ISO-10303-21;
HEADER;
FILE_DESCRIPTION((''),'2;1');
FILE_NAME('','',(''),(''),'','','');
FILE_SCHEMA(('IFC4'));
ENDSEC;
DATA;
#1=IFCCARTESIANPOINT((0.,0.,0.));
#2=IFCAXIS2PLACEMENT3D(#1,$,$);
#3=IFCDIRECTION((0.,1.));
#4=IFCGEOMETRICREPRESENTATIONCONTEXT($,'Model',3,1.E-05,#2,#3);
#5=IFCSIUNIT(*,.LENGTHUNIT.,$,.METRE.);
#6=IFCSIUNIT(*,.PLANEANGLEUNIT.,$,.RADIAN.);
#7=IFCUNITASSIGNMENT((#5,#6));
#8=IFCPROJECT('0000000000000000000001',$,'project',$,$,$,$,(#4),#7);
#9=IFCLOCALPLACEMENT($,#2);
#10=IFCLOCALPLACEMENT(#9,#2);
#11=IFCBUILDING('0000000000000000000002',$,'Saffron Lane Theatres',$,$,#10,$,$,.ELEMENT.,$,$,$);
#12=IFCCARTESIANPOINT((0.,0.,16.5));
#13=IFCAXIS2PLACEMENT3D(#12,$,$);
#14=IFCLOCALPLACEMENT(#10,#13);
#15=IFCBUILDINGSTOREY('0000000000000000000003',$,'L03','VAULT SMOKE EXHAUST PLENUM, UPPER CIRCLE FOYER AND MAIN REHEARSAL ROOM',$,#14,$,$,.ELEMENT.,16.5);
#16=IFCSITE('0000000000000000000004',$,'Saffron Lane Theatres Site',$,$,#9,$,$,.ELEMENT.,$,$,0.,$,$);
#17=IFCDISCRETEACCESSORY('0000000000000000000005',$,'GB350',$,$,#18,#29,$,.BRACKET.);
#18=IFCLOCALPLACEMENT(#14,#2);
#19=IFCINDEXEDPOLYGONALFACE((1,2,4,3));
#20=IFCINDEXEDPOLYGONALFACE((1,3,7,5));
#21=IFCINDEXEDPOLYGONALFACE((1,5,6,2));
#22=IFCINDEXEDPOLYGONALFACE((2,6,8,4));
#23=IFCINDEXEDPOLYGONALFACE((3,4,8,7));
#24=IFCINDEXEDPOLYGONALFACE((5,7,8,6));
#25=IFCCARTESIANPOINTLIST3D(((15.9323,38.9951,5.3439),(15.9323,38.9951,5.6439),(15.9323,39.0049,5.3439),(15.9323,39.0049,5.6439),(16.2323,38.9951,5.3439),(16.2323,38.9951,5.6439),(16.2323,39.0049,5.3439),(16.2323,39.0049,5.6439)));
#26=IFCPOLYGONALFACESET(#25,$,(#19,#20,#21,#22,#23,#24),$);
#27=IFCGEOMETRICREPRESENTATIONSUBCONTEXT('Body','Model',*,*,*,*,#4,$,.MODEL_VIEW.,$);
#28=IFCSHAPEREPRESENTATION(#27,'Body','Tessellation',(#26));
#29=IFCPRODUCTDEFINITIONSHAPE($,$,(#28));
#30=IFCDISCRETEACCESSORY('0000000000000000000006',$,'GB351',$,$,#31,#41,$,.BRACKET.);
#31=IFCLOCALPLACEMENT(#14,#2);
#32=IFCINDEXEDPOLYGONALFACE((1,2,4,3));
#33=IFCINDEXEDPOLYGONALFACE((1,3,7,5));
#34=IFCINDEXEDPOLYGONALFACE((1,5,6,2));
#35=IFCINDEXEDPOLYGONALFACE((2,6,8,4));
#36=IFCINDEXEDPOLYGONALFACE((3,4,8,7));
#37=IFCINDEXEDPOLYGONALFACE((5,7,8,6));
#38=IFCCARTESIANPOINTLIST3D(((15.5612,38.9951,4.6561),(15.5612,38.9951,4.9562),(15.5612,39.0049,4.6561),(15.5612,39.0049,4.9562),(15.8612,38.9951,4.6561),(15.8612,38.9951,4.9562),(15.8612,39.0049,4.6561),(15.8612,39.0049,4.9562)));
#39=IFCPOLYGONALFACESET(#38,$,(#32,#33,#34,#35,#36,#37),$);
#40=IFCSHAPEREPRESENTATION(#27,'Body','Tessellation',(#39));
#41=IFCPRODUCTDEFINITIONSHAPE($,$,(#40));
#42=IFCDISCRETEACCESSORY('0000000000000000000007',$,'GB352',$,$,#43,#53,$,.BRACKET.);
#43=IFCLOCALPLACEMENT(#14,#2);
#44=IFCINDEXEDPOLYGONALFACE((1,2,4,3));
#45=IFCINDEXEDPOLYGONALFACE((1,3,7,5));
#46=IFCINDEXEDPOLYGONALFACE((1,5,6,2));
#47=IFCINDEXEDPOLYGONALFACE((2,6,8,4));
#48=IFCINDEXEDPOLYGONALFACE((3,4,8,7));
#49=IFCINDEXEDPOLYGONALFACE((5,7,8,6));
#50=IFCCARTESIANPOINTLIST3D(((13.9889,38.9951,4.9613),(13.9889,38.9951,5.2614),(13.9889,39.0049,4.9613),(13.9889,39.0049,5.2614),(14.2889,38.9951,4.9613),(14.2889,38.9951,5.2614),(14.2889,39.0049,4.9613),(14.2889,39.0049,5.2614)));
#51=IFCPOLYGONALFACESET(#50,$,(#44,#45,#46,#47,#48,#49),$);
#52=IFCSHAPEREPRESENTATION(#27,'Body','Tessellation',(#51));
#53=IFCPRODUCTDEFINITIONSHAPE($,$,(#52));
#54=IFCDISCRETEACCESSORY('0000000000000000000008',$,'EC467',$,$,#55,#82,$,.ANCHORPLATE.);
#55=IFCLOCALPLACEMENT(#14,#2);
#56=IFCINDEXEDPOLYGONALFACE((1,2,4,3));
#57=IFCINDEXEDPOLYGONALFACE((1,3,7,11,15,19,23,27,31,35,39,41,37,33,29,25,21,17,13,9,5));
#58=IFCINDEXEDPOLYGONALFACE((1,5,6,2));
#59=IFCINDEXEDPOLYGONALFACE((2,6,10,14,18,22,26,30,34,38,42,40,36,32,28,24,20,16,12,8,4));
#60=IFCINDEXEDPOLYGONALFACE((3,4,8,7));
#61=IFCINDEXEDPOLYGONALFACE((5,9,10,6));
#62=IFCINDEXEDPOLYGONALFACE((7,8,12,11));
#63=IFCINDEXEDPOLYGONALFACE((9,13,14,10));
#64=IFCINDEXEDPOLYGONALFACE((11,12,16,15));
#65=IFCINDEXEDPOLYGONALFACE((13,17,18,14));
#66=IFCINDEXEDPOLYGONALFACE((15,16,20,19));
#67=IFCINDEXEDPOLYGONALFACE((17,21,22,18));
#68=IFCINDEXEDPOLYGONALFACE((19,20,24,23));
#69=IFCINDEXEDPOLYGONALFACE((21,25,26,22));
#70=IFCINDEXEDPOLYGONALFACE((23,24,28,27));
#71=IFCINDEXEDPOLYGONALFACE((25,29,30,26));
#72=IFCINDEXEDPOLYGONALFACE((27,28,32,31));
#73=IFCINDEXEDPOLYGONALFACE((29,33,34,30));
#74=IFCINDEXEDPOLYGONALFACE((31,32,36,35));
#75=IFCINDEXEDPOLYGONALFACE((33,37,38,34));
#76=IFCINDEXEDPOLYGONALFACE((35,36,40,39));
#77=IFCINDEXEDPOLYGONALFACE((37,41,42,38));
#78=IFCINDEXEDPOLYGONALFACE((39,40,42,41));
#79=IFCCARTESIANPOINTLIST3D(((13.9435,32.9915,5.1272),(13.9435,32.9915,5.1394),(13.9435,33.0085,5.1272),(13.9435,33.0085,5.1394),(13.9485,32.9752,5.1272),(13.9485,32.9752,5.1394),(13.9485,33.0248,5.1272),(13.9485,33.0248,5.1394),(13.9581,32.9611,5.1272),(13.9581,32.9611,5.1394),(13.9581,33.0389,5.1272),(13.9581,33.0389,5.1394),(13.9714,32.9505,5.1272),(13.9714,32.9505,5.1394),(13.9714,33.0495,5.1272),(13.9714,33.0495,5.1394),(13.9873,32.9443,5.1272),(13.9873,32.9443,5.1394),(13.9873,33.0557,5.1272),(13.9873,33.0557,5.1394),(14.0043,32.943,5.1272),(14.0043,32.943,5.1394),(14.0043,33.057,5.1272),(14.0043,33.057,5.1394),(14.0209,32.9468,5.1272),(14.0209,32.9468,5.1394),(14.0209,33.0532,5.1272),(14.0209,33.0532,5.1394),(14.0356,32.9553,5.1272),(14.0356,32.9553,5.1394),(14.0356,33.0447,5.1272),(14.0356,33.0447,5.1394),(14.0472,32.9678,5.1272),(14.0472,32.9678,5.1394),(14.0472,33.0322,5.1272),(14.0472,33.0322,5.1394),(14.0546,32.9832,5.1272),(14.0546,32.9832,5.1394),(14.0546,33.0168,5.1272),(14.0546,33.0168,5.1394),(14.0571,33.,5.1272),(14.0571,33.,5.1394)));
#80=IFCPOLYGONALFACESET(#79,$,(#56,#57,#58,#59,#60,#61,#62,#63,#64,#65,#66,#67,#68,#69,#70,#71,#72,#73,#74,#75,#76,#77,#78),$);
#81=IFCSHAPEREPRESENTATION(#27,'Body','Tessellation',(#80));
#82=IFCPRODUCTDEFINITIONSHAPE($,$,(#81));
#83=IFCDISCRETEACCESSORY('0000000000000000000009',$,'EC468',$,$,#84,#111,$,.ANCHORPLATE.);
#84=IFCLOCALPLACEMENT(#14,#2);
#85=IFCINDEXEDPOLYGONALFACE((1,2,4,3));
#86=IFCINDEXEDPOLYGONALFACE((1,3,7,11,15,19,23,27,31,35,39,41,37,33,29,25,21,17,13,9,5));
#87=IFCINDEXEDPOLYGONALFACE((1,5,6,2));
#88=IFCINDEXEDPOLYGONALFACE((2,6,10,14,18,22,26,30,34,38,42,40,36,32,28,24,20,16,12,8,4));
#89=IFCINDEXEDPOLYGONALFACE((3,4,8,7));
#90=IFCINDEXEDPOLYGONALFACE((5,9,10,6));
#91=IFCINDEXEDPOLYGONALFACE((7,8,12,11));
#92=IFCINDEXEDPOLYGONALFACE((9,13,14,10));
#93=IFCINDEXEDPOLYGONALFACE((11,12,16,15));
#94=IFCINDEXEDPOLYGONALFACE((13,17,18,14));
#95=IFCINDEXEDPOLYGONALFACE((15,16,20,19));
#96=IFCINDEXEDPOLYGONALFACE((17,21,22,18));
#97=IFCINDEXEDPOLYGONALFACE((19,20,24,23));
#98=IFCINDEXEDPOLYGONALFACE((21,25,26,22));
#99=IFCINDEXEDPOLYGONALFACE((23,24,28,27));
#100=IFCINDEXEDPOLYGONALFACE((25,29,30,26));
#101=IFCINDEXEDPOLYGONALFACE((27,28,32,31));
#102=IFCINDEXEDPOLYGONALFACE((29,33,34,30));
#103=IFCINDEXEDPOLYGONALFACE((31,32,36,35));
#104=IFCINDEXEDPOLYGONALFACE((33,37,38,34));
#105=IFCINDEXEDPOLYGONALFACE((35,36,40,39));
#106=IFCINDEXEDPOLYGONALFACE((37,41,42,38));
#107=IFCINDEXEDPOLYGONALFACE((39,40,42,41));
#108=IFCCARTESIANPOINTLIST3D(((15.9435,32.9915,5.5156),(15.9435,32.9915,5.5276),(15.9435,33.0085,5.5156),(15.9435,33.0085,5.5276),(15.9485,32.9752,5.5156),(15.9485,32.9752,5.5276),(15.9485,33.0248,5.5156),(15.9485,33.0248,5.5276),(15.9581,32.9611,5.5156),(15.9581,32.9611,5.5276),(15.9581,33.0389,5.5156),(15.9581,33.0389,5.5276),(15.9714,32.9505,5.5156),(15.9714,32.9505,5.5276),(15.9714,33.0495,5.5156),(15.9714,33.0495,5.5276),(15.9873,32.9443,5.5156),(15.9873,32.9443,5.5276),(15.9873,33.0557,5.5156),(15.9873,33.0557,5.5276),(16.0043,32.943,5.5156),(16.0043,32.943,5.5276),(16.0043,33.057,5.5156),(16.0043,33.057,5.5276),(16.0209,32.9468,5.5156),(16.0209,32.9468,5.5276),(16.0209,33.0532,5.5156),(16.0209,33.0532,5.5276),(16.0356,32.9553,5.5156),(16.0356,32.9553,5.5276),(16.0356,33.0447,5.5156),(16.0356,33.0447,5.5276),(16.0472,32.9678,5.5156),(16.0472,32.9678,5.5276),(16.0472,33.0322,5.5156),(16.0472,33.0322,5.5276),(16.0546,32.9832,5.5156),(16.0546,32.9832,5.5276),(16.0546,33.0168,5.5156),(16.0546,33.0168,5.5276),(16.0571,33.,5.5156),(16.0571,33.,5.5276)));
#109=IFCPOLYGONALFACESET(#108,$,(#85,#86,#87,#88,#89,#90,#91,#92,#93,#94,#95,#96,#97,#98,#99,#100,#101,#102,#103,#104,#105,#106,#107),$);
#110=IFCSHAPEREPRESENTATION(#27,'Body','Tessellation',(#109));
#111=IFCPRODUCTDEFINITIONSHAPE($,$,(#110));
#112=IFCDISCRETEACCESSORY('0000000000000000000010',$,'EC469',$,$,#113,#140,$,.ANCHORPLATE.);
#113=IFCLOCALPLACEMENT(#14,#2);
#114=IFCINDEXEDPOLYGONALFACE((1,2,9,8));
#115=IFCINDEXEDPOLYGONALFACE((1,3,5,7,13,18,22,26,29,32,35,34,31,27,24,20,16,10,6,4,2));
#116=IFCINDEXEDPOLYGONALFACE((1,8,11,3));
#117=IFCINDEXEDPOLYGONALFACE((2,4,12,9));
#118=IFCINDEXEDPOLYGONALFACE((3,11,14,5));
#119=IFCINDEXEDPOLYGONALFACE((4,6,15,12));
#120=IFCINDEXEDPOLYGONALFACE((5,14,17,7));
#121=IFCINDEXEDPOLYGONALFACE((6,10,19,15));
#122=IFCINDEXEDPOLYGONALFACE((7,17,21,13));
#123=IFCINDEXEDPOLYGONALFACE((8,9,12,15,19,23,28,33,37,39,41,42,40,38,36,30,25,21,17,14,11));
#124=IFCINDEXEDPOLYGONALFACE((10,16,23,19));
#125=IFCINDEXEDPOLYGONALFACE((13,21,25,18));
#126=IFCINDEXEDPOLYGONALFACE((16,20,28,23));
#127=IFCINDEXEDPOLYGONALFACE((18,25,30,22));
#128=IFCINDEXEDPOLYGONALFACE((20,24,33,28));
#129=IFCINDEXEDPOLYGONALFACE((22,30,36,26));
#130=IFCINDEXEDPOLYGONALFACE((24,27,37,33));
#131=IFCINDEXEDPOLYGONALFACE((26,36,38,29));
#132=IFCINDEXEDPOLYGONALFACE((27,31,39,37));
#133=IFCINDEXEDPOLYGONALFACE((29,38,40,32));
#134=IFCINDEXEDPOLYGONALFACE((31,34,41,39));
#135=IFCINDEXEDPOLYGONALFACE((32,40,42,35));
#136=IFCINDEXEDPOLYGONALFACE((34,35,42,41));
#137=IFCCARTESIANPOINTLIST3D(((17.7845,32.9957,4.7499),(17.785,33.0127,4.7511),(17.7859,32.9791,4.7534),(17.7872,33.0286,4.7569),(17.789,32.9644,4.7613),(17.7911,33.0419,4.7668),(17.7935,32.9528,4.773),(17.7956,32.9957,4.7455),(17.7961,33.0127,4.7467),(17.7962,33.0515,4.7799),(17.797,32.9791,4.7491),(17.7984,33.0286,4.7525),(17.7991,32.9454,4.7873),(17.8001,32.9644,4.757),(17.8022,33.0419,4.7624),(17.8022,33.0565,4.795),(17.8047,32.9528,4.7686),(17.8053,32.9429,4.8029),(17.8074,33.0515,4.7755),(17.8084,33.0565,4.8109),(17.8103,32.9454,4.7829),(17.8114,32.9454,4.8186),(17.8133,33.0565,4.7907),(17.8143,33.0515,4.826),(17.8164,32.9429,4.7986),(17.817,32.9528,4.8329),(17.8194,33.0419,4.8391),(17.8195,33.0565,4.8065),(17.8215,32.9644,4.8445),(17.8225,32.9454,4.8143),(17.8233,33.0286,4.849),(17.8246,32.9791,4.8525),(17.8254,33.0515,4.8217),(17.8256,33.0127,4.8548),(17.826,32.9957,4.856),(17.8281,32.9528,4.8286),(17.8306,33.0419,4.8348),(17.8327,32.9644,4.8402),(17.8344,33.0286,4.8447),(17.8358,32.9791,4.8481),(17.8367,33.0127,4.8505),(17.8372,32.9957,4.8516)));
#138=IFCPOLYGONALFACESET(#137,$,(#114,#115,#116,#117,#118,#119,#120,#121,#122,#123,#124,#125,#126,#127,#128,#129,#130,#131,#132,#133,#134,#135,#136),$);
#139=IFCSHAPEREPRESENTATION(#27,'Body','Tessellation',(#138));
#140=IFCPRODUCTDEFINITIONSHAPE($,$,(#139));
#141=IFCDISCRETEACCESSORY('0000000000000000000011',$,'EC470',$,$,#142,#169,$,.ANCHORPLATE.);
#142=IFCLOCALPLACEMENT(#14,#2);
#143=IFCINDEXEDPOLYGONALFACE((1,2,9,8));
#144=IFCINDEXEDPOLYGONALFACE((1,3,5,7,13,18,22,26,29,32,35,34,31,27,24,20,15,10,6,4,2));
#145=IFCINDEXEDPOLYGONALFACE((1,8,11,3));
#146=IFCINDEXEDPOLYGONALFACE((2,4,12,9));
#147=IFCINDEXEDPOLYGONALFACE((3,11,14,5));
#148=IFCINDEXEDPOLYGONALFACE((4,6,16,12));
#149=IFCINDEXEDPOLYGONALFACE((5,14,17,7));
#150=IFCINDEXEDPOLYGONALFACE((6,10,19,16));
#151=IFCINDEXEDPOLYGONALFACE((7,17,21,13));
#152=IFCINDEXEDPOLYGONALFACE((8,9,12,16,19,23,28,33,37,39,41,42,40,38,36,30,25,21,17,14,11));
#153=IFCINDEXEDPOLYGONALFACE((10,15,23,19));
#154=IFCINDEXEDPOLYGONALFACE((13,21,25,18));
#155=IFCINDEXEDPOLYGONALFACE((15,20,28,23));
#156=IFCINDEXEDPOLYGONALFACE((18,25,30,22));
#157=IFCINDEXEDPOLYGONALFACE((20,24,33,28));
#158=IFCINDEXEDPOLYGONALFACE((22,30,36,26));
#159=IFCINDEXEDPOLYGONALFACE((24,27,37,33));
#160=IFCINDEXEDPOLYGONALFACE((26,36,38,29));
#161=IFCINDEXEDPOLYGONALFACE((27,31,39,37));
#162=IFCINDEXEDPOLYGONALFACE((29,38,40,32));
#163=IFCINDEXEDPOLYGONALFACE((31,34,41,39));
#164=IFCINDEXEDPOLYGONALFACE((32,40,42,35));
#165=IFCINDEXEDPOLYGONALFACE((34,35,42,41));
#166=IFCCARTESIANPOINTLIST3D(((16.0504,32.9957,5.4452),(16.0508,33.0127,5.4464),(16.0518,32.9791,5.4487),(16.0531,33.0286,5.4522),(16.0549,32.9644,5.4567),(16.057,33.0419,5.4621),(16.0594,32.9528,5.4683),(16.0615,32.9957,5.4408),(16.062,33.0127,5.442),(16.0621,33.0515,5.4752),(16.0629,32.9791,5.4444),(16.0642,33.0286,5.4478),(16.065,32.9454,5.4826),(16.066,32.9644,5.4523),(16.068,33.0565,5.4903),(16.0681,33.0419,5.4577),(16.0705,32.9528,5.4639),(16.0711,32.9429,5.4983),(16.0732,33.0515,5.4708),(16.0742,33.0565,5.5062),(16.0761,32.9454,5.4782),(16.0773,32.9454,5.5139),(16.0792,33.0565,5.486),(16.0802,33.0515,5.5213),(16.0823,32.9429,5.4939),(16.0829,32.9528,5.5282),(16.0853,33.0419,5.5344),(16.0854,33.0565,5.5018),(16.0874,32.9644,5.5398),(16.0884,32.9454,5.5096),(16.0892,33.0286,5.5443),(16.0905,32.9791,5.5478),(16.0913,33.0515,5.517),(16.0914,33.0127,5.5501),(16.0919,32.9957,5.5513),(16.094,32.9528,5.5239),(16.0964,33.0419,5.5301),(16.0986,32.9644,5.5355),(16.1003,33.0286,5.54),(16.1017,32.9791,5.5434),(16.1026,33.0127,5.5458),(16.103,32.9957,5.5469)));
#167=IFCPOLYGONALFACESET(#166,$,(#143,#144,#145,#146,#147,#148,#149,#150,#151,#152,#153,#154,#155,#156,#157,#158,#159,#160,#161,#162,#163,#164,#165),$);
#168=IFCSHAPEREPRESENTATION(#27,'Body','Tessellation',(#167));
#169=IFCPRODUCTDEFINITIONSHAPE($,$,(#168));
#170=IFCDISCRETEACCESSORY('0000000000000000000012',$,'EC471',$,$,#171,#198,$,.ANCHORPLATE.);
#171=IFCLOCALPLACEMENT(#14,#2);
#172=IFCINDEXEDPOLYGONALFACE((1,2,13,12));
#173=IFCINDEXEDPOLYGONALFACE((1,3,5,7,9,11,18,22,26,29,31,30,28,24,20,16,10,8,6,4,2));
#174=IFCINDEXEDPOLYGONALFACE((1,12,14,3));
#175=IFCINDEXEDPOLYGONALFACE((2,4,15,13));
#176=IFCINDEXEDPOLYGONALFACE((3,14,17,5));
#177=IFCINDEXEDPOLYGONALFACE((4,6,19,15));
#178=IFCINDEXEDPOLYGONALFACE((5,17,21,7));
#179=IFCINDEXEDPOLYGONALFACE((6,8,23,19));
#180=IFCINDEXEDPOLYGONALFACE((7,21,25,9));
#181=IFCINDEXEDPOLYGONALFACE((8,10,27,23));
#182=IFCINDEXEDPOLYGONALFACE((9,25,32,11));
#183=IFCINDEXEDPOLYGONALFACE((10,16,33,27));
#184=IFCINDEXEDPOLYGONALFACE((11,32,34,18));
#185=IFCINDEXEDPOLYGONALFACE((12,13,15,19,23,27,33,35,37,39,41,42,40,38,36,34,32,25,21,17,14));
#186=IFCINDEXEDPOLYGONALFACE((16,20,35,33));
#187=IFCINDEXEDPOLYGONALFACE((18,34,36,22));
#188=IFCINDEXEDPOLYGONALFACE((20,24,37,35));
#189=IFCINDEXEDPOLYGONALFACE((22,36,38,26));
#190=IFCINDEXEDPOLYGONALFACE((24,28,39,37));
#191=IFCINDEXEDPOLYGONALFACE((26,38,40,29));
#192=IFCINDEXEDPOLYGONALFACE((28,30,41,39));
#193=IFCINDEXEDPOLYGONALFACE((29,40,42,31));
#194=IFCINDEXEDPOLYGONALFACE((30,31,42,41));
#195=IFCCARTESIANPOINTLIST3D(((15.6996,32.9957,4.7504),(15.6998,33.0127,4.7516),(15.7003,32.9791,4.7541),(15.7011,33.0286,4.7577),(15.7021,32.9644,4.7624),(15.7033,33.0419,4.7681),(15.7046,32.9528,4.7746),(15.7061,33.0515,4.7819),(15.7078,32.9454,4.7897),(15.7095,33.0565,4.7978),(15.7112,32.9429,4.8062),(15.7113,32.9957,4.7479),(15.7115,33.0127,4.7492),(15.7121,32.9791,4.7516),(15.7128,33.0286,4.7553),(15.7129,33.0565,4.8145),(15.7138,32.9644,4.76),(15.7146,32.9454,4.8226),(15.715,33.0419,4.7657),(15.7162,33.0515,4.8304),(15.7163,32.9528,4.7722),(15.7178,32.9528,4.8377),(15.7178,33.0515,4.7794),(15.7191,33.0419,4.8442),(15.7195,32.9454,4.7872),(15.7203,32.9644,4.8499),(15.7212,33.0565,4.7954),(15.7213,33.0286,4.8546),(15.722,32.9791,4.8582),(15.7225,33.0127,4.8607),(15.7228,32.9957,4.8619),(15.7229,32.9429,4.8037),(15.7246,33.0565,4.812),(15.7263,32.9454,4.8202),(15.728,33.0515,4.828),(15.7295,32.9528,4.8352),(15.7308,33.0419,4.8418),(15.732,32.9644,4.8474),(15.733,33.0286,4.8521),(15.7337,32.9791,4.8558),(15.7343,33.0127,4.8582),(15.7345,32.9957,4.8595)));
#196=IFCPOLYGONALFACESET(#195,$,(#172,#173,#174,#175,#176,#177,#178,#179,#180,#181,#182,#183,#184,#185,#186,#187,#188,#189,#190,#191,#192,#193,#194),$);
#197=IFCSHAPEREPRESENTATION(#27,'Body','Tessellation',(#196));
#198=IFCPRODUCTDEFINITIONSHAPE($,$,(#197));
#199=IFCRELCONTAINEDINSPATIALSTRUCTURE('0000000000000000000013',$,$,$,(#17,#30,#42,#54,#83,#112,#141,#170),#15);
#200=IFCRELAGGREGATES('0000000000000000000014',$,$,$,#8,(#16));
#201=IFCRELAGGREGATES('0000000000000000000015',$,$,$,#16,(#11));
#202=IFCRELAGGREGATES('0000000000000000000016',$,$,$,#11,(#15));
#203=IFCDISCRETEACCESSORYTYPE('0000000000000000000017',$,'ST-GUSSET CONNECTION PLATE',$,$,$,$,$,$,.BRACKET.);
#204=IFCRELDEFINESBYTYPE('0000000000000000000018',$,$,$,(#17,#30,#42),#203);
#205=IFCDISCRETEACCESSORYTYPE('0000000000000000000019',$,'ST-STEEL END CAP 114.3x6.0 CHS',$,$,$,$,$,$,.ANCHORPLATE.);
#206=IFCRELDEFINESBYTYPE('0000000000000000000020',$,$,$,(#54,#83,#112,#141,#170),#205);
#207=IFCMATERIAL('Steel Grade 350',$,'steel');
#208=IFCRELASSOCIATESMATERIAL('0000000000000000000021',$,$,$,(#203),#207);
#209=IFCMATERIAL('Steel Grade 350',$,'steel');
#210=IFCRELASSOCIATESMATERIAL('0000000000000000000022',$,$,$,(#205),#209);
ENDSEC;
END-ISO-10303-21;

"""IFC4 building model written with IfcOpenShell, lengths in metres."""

from ifc_helpers import new_model, si_unit, direction, frame, origin, origin_2d, place, context, subcontext, project, spatial, rectangle, circle, extrude, material, material_profile, profile_set, type_object, element, save


model = new_model("IFC4")

# Units and contexts
model_context = context("Model", 3, precision=1e-05, world=origin(), true_north=direction((0.0, 1.0)))
body_context = subcontext(model_context, "Body", "Model", "MODEL_VIEW")
ifc_project = project(units=[si_unit("LENGTHUNIT", "METRE"), si_unit("PLANEANGLEUNIT", "RADIAN")], contexts=[model_context])

# Site, building, storey
site_placement = place(None, origin())
site = spatial("IfcSite", under=ifc_project, at=site_placement, Name="Saffron Lane Theatres Site", CompositionType="ELEMENT", RefElevation=0.0)
building_placement = place(site_placement, origin())
building = spatial("IfcBuilding", under=site, at=building_placement, Name="Saffron Lane Theatres", CompositionType="ELEMENT")
storey_placement = place(building_placement, frame((0.0, 0.0, 16.5)))
storey = spatial("IfcBuildingStorey", under=building, at=storey_placement, Name="L03", Description="VAULT SMOKE EXHAUST PLENUM, UPPER CIRCLE FOYER AND MAIN REHEARSAL ROOM", CompositionType="ELEMENT", Elevation=16.5)

# Discrete accessories
ifc_material_1 = material(Name="Steel Grade 350", Category="steel")
ifc_material_profile_1 = material_profile(ifc_material_1, rectangle(XDim=0.3, YDim=0.3, at=origin_2d()))
ifc_profile_set_1 = profile_set([ifc_material_profile_1], Name="Steel Grade 350")
discrete_accessory_type_1 = type_object("IfcDiscreteAccessoryType", Name="ST-GUSSET CONNECTION PLATE", PredefinedType="BRACKET", material=ifc_profile_set_1)
for number, where, z_axis, x_axis, name in (
    (1, (16.0823, 38.9951, 5.4939), (0.0, 1.0, 0.0), (-1.0, 0.0, 0.0), "GB350"),
    (2, (15.7112, 38.9951, 4.8062), (0.0, 1.0, 0.0), (-1.0, 0.0, 0.0), "GB351"),
    (3, (14.1389, 38.9951, 5.1113), (0.0, 1.0, 0.0), (-1.0, 0.0, 0.0), "GB352"),
):
    element("IfcDiscreteAccessory", number, at=place(storey_placement, frame(where, z_axis=z_axis, x_axis=x_axis)), inside=storey, type_object=discrete_accessory_type_1, Name=name, PredefinedType="BRACKET", context=body_context, shape_type="SweptSolid", body=[
        extrude(rectangle(XDim=0.3, YDim=0.3, at=origin_2d()), origin(), (0.0, 0.0, 1.0), 0.0098),
    ])
ifc_material_2 = material(Name="Steel Grade 350", Category="steel")
ifc_material_profile_2 = material_profile(ifc_material_2, circle(Radius=0.0571, at=origin_2d()))
ifc_profile_set_2 = profile_set([ifc_material_profile_2], Name="Steel Grade 350")
discrete_accessory_type_2 = type_object("IfcDiscreteAccessoryType", Name="ST-STEEL END CAP 114.3x6.0 CHS", PredefinedType="ANCHORPLATE", material=ifc_profile_set_2)
discrete_accessory_1_placement = place(storey_placement, frame((14.0, 33.0, 5.1272), z_axis=(0.0, 0.0, 1.0), x_axis=(1.0, 0.0, 0.0)))
element("IfcDiscreteAccessory", 4, at=discrete_accessory_1_placement, inside=storey, type_object=discrete_accessory_type_2, Name="EC467", PredefinedType="ANCHORPLATE", context=body_context, shape_type="SweptSolid", body=[
    extrude(circle(Radius=0.0571, at=origin_2d()), origin(), (0.0, 0.0, 1.0), 0.0122),
])
for number, where, z_axis, x_axis, name in (
    (5, (16.0, 33.0, 5.5156), (0.0, 0.0, 1.0), (1.0, 0.0, 0.0), "EC468"),
    (6, (17.8164, 33.0, 4.7986), (-0.931243, 0.0, 0.364399), (0.0, -1.0, 0.0), "EC469"),
    (7, (16.0823, 33.0, 5.4939), (-0.931243, 0.0, 0.364399), (0.0, -1.0, 0.0), "EC470"),
    (8, (15.7229, 33.0, 4.8037), (-0.97898, 0.0, 0.203954), (0.0, -1.0, 0.0), "EC471"),
):
    element("IfcDiscreteAccessory", number, at=place(storey_placement, frame(where, z_axis=z_axis, x_axis=x_axis)), inside=storey, type_object=discrete_accessory_type_2, Name=name, PredefinedType="ANCHORPLATE", context=body_context, shape_type="SweptSolid", body=[
        extrude(circle(Radius=0.0571, at=origin_2d()), origin(), (0.0, 0.0, 1.0), 0.012),
    ])

save(model, "model.ifc")
